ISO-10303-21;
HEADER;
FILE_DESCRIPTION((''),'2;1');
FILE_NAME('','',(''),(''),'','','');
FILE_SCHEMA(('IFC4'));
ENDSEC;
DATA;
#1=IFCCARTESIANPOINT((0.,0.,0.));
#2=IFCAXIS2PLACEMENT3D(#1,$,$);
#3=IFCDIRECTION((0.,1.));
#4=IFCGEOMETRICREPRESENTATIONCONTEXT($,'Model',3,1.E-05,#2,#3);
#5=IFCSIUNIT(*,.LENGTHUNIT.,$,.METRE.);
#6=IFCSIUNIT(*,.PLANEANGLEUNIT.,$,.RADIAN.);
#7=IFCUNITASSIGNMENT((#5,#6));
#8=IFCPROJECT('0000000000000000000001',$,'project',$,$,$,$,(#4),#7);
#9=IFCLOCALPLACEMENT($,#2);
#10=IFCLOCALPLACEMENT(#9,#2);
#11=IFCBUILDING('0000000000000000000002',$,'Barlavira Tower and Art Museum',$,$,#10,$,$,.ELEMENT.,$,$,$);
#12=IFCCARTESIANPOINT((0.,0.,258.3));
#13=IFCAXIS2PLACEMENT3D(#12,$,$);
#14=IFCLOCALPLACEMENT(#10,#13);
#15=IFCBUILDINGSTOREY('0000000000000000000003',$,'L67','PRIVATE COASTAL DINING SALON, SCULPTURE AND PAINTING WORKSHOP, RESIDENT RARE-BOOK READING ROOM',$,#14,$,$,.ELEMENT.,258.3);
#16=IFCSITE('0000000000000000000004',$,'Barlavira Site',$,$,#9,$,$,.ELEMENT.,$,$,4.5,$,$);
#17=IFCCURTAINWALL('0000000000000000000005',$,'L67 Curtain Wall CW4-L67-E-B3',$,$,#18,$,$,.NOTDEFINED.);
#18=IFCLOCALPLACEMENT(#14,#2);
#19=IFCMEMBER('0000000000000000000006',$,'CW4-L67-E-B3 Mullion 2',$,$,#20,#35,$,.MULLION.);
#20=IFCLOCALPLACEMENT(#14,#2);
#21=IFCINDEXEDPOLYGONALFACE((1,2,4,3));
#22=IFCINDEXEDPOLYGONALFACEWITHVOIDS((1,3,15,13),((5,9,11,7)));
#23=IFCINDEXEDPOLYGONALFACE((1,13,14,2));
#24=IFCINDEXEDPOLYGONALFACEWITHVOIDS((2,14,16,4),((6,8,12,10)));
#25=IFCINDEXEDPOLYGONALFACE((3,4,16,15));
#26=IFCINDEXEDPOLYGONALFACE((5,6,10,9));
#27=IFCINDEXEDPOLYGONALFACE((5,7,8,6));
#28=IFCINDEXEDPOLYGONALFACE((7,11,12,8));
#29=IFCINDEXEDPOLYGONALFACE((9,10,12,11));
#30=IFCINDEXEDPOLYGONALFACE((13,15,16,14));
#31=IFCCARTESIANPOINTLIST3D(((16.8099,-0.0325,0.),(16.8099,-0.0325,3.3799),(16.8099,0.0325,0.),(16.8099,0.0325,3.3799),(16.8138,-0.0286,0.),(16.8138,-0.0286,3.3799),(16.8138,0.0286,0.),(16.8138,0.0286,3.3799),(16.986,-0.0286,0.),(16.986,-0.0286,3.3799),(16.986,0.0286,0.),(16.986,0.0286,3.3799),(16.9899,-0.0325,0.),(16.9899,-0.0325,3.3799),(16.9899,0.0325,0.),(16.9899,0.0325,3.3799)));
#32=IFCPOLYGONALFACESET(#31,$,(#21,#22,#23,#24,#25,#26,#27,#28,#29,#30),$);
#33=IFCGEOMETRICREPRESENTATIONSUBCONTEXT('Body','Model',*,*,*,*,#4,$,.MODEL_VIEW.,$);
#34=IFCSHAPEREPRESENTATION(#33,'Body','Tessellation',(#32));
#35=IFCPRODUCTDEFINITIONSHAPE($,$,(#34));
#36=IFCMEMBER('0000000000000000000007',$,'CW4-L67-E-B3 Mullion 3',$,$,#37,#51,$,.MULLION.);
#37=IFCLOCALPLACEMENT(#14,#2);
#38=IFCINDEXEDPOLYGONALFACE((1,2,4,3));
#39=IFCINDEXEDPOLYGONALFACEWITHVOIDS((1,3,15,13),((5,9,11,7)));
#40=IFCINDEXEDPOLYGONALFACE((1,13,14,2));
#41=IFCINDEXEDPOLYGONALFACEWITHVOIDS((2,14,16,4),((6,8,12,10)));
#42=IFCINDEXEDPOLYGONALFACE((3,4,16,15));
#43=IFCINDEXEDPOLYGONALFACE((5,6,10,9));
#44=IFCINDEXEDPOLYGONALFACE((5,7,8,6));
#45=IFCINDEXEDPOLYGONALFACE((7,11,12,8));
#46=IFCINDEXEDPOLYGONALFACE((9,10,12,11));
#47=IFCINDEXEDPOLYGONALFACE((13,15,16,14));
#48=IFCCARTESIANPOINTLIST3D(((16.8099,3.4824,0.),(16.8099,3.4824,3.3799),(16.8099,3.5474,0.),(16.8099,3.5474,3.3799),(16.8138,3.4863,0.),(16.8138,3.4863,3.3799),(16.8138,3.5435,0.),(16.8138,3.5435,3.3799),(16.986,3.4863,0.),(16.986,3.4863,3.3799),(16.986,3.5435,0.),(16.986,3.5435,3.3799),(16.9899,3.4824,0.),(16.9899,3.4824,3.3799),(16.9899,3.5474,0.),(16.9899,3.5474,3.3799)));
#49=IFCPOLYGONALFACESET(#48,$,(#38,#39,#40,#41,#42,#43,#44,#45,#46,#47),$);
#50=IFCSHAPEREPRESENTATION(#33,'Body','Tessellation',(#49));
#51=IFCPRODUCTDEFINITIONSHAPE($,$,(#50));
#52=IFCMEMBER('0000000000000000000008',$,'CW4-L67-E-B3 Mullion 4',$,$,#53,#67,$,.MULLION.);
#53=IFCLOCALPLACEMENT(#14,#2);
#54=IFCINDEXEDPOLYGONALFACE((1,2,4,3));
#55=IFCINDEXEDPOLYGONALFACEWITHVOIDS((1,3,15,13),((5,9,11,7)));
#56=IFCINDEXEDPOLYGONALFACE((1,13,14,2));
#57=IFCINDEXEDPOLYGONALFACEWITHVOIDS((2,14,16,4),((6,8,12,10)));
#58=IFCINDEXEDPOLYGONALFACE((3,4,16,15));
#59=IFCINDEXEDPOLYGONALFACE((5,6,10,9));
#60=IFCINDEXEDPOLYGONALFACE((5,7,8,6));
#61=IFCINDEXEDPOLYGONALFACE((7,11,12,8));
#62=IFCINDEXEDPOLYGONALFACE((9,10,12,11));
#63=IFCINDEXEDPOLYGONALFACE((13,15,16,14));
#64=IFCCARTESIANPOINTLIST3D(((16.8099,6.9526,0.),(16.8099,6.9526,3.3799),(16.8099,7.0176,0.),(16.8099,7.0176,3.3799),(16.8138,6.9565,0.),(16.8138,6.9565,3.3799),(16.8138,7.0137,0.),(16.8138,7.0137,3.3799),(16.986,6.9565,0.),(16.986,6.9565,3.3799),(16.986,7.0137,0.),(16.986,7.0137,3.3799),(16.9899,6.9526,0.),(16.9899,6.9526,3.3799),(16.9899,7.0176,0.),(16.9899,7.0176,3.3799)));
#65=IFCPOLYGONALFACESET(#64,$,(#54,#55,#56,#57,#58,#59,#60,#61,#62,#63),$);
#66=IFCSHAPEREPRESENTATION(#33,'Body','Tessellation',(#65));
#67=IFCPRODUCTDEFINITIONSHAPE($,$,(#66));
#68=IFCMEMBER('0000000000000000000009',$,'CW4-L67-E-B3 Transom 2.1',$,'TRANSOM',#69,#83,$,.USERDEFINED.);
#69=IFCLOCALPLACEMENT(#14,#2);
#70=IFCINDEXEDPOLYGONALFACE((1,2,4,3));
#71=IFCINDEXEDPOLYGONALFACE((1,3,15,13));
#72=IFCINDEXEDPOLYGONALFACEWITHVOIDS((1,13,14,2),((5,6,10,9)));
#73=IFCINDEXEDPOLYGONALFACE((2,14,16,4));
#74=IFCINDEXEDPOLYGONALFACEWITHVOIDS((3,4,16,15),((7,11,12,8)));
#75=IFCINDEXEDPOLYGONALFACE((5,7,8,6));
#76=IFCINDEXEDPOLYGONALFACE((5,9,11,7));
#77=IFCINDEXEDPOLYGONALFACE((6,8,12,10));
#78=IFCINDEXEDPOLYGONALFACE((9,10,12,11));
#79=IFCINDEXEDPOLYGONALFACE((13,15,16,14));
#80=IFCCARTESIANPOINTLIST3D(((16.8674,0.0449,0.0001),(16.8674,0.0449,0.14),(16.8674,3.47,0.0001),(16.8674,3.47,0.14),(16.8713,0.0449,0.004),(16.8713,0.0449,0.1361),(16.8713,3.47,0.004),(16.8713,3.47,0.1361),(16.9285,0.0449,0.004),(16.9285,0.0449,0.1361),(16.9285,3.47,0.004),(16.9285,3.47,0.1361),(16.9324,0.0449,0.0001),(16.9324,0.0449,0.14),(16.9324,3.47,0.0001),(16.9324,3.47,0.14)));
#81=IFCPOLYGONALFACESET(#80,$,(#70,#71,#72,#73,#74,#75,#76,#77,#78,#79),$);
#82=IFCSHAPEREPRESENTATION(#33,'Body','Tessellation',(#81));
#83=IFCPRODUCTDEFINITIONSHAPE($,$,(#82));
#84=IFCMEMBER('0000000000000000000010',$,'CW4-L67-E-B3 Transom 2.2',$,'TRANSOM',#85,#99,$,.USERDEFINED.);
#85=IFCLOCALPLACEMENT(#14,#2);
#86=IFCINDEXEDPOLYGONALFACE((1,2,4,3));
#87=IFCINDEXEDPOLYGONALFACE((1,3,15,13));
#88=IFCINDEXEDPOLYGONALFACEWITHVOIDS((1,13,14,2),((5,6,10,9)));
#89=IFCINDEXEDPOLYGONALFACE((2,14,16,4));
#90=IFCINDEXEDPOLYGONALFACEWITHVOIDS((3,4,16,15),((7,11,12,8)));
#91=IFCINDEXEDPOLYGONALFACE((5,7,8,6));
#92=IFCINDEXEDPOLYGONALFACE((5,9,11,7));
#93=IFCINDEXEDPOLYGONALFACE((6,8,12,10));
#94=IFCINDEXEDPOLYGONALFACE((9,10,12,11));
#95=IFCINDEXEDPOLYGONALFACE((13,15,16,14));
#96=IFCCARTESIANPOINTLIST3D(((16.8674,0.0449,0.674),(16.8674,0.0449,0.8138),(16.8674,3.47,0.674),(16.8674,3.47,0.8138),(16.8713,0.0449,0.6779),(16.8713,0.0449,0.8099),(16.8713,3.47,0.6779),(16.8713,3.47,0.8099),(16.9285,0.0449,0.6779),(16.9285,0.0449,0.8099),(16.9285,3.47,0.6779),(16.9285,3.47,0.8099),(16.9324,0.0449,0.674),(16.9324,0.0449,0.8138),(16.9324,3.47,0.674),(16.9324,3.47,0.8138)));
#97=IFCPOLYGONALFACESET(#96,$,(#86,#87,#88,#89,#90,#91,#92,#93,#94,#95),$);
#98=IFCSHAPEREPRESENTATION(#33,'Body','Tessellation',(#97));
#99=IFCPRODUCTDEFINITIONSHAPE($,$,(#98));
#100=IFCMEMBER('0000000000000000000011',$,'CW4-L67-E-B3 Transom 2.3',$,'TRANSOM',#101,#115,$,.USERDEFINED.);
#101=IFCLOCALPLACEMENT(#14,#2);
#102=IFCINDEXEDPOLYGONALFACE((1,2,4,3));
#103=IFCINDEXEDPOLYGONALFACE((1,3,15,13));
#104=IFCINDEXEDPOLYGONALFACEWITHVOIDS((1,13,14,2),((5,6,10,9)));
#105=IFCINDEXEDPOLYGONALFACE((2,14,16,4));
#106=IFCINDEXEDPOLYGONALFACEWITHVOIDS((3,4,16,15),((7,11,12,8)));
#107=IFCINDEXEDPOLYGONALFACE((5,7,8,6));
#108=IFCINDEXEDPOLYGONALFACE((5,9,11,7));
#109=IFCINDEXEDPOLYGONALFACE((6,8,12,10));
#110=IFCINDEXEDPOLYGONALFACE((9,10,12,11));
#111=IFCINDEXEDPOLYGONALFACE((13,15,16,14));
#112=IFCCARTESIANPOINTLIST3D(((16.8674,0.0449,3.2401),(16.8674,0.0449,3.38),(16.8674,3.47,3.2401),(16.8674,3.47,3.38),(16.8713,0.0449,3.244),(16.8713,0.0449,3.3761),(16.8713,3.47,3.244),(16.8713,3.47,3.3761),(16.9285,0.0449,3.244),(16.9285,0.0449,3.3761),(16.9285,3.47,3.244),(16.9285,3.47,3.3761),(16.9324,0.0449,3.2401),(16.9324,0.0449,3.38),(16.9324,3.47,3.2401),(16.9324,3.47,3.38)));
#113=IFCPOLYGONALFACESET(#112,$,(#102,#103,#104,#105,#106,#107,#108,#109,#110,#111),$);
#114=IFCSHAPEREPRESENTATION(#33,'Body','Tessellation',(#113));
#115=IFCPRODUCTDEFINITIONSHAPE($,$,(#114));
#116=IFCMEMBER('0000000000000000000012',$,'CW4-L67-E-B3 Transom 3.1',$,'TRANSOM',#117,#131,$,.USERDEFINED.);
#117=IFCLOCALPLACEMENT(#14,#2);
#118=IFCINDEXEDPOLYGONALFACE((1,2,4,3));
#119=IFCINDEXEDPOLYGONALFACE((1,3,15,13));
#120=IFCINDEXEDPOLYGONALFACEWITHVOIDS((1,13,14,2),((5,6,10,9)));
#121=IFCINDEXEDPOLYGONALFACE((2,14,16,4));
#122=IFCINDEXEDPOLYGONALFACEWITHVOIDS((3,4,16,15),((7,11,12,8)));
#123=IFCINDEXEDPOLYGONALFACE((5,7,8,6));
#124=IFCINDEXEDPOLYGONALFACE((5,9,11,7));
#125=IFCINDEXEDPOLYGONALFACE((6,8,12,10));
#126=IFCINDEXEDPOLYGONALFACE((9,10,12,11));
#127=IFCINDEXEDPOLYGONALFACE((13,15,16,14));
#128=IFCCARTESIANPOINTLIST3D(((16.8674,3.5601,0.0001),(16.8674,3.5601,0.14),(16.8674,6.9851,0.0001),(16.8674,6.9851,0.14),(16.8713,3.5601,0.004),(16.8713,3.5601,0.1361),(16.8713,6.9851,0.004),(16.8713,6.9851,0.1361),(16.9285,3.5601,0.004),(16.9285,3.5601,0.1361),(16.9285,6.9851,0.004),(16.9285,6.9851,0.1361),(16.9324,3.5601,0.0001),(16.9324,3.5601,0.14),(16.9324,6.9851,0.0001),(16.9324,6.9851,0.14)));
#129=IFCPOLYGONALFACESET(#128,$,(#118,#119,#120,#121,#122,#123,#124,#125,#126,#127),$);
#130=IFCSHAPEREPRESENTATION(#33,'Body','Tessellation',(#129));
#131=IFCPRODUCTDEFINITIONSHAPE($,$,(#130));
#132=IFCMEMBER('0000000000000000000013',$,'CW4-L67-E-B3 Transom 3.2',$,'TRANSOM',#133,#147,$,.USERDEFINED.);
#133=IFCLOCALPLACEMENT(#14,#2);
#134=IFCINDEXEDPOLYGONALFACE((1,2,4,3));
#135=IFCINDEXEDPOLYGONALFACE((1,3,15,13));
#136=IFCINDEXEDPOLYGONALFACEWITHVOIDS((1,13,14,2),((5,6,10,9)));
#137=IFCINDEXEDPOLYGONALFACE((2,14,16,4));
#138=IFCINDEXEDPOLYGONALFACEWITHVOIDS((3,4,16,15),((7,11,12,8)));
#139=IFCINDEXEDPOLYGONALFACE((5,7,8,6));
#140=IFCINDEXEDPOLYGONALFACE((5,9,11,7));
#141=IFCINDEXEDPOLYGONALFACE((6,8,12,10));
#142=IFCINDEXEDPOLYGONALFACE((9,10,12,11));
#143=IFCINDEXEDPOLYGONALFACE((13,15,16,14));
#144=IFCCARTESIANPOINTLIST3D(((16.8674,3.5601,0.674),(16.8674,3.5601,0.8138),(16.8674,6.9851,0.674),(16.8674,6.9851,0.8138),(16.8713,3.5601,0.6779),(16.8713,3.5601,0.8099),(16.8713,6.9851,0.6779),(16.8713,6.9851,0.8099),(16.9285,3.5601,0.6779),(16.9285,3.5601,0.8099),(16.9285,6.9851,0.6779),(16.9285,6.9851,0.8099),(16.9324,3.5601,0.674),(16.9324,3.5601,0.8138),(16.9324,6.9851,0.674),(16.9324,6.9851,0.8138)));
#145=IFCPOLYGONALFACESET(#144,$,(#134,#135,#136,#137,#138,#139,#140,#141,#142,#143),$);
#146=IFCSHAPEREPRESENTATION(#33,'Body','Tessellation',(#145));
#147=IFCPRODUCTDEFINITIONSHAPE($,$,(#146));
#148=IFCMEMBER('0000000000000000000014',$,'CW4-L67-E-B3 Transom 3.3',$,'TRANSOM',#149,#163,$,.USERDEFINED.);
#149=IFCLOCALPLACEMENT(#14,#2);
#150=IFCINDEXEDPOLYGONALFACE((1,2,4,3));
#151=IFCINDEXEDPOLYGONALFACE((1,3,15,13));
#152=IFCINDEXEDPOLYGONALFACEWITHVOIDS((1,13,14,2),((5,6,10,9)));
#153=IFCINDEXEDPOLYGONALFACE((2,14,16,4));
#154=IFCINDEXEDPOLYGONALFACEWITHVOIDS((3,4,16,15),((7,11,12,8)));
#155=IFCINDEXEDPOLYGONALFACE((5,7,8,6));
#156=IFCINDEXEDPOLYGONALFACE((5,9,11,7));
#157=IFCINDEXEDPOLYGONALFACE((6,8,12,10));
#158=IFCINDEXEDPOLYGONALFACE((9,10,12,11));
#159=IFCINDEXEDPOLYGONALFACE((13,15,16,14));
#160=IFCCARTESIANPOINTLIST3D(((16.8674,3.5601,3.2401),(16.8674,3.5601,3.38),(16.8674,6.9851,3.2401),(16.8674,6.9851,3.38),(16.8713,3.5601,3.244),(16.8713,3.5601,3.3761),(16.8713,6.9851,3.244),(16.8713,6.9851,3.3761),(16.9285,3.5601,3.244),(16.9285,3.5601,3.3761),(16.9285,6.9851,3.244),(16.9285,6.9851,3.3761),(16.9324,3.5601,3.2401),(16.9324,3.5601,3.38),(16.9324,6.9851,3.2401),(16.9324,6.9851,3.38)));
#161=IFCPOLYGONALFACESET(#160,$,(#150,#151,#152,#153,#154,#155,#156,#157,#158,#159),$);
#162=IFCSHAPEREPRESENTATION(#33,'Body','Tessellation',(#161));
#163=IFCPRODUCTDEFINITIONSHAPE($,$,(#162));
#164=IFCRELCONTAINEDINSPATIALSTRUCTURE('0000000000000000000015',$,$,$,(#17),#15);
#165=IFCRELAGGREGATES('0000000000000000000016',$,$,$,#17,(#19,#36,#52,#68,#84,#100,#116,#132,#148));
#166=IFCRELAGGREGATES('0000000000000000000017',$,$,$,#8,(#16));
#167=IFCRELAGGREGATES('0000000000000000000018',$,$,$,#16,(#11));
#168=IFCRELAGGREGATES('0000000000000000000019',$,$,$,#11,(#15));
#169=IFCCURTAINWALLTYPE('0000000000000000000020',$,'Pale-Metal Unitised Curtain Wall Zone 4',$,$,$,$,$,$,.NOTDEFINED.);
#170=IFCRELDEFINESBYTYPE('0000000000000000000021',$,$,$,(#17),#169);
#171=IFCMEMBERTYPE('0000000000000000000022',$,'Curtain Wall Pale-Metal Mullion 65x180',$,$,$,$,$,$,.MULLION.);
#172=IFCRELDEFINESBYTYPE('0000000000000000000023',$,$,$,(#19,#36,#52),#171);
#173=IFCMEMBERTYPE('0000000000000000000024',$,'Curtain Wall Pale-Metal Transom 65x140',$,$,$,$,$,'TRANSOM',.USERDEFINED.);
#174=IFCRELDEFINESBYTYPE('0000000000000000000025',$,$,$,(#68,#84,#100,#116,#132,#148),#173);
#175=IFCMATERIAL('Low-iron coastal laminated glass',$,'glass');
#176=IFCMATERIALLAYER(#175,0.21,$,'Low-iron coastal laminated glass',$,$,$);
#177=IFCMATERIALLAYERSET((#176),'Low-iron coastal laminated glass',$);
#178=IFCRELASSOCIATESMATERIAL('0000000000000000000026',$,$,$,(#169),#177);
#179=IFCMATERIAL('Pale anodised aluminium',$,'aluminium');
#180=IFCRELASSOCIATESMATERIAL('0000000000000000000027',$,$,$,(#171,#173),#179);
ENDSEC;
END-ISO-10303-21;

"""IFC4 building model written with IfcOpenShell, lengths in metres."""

from ifc_helpers import new_model, si_unit, direction, frame, origin, origin_2d, place, context, subcontext, project, spatial, hollow_rectangle, extrude, material, layer, layer_set, material_profile, profile_set, type_object, element, aggregate, save


model = new_model("IFC4")

# Units and contexts
model_context = context("Model", 3, precision=1e-05, world=origin(), true_north=direction((0.0, 1.0)))
body_context = subcontext(model_context, "Body", "Model", "MODEL_VIEW")
ifc_project = project(units=[si_unit("LENGTHUNIT", "METRE"), si_unit("PLANEANGLEUNIT", "RADIAN")], contexts=[model_context])

# Site, building, storey
site_placement = place(None, origin())
site = spatial("IfcSite", under=ifc_project, at=site_placement, Name="Barlavira Site", CompositionType="ELEMENT", RefElevation=4.5)
building_placement = place(site_placement, origin())
building = spatial("IfcBuilding", under=site, at=building_placement, Name="Barlavira Tower and Art Museum", CompositionType="ELEMENT")
storey_placement = place(building_placement, frame((0.0, 0.0, 258.3)))
storey = spatial("IfcBuildingStorey", under=building, at=storey_placement, Name="L67", Description="PRIVATE COASTAL DINING SALON, SCULPTURE AND PAINTING WORKSHOP, RESIDENT RARE-BOOK READING ROOM", CompositionType="ELEMENT", Elevation=258.3)

# Curtain wall, members
ifc_material_1 = material(Name="Low-iron coastal laminated glass", Category="glass")
ifc_layer_1 = layer(ifc_material_1, 0.21, Name="Low-iron coastal laminated glass")
ifc_layer_set_1 = layer_set([ifc_layer_1], Name="Low-iron coastal laminated glass")
curtain_wall_type = type_object("IfcCurtainWallType", Name="Pale-Metal Unitised Curtain Wall Zone 4", PredefinedType="NOTDEFINED", material=ifc_layer_set_1)
curtain_wall_placement = place(storey_placement, origin())
curtain_wall = element("IfcCurtainWall", 1, at=curtain_wall_placement, inside=storey, type_object=curtain_wall_type, Name="L67 Curtain Wall CW4-L67-E-B3", PredefinedType="NOTDEFINED")
ifc_material_2 = material(Name="Pale anodised aluminium", Category="aluminium")
ifc_material_profile_1 = material_profile(ifc_material_2, hollow_rectangle(XDim=0.0649, YDim=0.1799, WallThickness=0.0039, at=origin_2d()), Name="ALU-MULL 65x180x4")
ifc_profile_set_1 = profile_set([ifc_material_profile_1], Name="Pale anodised aluminium")
member_type_1 = type_object("IfcMemberType", Name="Curtain Wall Pale-Metal Mullion 65x180", PredefinedType="MULLION", material=ifc_profile_set_1)
member_1_placement = place(storey_placement, frame((16.8999, 0.0, 0.0), z_axis=(0.0, 0.0, 1.0), x_axis=(0.0, 1.0, 0.0)))
member_1 = element("IfcMember", 2, at=member_1_placement, type_object=member_type_1, Name="CW4-L67-E-B3 Mullion 2", PredefinedType="MULLION", context=body_context, shape_type="SweptSolid", body=[
    extrude(hollow_rectangle(XDim=0.0649, YDim=0.1799, WallThickness=0.0039, at=origin_2d()), origin(), (0.0, 0.0, 1.0), 3.3799),
])
member_2_placement = place(storey_placement, frame((16.8999, 3.5149, 0.0), z_axis=(0.0, 0.0, 1.0), x_axis=(0.0, 1.0, 0.0)))
member_2 = element("IfcMember", 3, at=member_2_placement, type_object=member_type_1, Name="CW4-L67-E-B3 Mullion 3", PredefinedType="MULLION", context=body_context, shape_type="SweptSolid", body=[
    extrude(hollow_rectangle(XDim=0.0649, YDim=0.1799, WallThickness=0.0039, at=origin_2d()), origin(), (0.0, 0.0, 1.0), 3.3799),
])
member_3_placement = place(storey_placement, frame((16.8999, 6.9851, 0.0), z_axis=(0.0, 0.0, 1.0), x_axis=(0.0, 1.0, 0.0)))
member_3 = element("IfcMember", 4, at=member_3_placement, type_object=member_type_1, Name="CW4-L67-E-B3 Mullion 4", PredefinedType="MULLION", context=body_context, shape_type="SweptSolid", body=[
    extrude(hollow_rectangle(XDim=0.0649, YDim=0.1799, WallThickness=0.0039, at=origin_2d()), origin(), (0.0, 0.0, 1.0), 3.3799),
])
ifc_material_profile_2 = material_profile(ifc_material_2, hollow_rectangle(XDim=0.0649, YDim=0.1399, WallThickness=0.0039, at=origin_2d()), Name="ALU-TRAN 65x140x4")
ifc_profile_set_2 = profile_set([ifc_material_profile_2], Name="Pale anodised aluminium")
member_type_2 = type_object("IfcMemberType", Name="Curtain Wall Pale-Metal Transom 65x140", ElementType="TRANSOM", PredefinedType="USERDEFINED", material=ifc_profile_set_2)
member_4_placement = place(storey_placement, frame((16.8999, 0.0449, 0.0701), z_axis=(0.0, 1.0, 0.0), x_axis=(-1.0, 0.0, 0.0)))
member_4 = element("IfcMember", 5, at=member_4_placement, type_object=member_type_2, Name="CW4-L67-E-B3 Transom 2.1", ObjectType="TRANSOM", PredefinedType="USERDEFINED", context=body_context, shape_type="SweptSolid", body=[
    extrude(hollow_rectangle(XDim=0.0649, YDim=0.1399, WallThickness=0.0039, at=origin_2d()), origin(), (0.0, 0.0, 1.0), 3.425),
])
member_5_placement = place(storey_placement, frame((16.8999, 0.0449, 0.7439), z_axis=(0.0, 1.0, 0.0), x_axis=(-1.0, 0.0, 0.0)))
member_5 = element("IfcMember", 6, at=member_5_placement, type_object=member_type_2, Name="CW4-L67-E-B3 Transom 2.2", ObjectType="TRANSOM", PredefinedType="USERDEFINED", context=body_context, shape_type="SweptSolid", body=[
    extrude(hollow_rectangle(XDim=0.0649, YDim=0.1399, WallThickness=0.0039, at=origin_2d()), origin(), (0.0, 0.0, 1.0), 3.425),
])
member_6_placement = place(storey_placement, frame((16.8999, 0.0449, 3.3101), z_axis=(0.0, 1.0, 0.0), x_axis=(-1.0, 0.0, 0.0)))
member_6 = element("IfcMember", 7, at=member_6_placement, type_object=member_type_2, Name="CW4-L67-E-B3 Transom 2.3", ObjectType="TRANSOM", PredefinedType="USERDEFINED", context=body_context, shape_type="SweptSolid", body=[
    extrude(hollow_rectangle(XDim=0.0649, YDim=0.1399, WallThickness=0.0039, at=origin_2d()), origin(), (0.0, 0.0, 1.0), 3.425),
])
member_7_placement = place(storey_placement, frame((16.8999, 3.5601, 0.0701), z_axis=(0.0, 1.0, 0.0), x_axis=(-1.0, 0.0, 0.0)))
member_7 = element("IfcMember", 8, at=member_7_placement, type_object=member_type_2, Name="CW4-L67-E-B3 Transom 3.1", ObjectType="TRANSOM", PredefinedType="USERDEFINED", context=body_context, shape_type="SweptSolid", body=[
    extrude(hollow_rectangle(XDim=0.0649, YDim=0.1399, WallThickness=0.0039, at=origin_2d()), origin(), (0.0, 0.0, 1.0), 3.425),
])
member_8_placement = place(storey_placement, frame((16.8999, 3.5601, 0.7439), z_axis=(0.0, 1.0, 0.0), x_axis=(-1.0, 0.0, 0.0)))
member_8 = element("IfcMember", 9, at=member_8_placement, type_object=member_type_2, Name="CW4-L67-E-B3 Transom 3.2", ObjectType="TRANSOM", PredefinedType="USERDEFINED", context=body_context, shape_type="SweptSolid", body=[
    extrude(hollow_rectangle(XDim=0.0649, YDim=0.1399, WallThickness=0.0039, at=origin_2d()), origin(), (0.0, 0.0, 1.0), 3.425),
])
member_9_placement = place(storey_placement, frame((16.8999, 3.5601, 3.3101), z_axis=(0.0, 1.0, 0.0), x_axis=(-1.0, 0.0, 0.0)))
member_9 = element("IfcMember", 10, at=member_9_placement, type_object=member_type_2, Name="CW4-L67-E-B3 Transom 3.3", ObjectType="TRANSOM", PredefinedType="USERDEFINED", context=body_context, shape_type="SweptSolid", body=[
    extrude(hollow_rectangle(XDim=0.0649, YDim=0.1399, WallThickness=0.0039, at=origin_2d()), origin(), (0.0, 0.0, 1.0), 3.425),
])

aggregate(curtain_wall, [member_1, member_2, member_3, member_4, member_5, member_6, member_7, member_8, member_9])

save(model, "model.ifc")
